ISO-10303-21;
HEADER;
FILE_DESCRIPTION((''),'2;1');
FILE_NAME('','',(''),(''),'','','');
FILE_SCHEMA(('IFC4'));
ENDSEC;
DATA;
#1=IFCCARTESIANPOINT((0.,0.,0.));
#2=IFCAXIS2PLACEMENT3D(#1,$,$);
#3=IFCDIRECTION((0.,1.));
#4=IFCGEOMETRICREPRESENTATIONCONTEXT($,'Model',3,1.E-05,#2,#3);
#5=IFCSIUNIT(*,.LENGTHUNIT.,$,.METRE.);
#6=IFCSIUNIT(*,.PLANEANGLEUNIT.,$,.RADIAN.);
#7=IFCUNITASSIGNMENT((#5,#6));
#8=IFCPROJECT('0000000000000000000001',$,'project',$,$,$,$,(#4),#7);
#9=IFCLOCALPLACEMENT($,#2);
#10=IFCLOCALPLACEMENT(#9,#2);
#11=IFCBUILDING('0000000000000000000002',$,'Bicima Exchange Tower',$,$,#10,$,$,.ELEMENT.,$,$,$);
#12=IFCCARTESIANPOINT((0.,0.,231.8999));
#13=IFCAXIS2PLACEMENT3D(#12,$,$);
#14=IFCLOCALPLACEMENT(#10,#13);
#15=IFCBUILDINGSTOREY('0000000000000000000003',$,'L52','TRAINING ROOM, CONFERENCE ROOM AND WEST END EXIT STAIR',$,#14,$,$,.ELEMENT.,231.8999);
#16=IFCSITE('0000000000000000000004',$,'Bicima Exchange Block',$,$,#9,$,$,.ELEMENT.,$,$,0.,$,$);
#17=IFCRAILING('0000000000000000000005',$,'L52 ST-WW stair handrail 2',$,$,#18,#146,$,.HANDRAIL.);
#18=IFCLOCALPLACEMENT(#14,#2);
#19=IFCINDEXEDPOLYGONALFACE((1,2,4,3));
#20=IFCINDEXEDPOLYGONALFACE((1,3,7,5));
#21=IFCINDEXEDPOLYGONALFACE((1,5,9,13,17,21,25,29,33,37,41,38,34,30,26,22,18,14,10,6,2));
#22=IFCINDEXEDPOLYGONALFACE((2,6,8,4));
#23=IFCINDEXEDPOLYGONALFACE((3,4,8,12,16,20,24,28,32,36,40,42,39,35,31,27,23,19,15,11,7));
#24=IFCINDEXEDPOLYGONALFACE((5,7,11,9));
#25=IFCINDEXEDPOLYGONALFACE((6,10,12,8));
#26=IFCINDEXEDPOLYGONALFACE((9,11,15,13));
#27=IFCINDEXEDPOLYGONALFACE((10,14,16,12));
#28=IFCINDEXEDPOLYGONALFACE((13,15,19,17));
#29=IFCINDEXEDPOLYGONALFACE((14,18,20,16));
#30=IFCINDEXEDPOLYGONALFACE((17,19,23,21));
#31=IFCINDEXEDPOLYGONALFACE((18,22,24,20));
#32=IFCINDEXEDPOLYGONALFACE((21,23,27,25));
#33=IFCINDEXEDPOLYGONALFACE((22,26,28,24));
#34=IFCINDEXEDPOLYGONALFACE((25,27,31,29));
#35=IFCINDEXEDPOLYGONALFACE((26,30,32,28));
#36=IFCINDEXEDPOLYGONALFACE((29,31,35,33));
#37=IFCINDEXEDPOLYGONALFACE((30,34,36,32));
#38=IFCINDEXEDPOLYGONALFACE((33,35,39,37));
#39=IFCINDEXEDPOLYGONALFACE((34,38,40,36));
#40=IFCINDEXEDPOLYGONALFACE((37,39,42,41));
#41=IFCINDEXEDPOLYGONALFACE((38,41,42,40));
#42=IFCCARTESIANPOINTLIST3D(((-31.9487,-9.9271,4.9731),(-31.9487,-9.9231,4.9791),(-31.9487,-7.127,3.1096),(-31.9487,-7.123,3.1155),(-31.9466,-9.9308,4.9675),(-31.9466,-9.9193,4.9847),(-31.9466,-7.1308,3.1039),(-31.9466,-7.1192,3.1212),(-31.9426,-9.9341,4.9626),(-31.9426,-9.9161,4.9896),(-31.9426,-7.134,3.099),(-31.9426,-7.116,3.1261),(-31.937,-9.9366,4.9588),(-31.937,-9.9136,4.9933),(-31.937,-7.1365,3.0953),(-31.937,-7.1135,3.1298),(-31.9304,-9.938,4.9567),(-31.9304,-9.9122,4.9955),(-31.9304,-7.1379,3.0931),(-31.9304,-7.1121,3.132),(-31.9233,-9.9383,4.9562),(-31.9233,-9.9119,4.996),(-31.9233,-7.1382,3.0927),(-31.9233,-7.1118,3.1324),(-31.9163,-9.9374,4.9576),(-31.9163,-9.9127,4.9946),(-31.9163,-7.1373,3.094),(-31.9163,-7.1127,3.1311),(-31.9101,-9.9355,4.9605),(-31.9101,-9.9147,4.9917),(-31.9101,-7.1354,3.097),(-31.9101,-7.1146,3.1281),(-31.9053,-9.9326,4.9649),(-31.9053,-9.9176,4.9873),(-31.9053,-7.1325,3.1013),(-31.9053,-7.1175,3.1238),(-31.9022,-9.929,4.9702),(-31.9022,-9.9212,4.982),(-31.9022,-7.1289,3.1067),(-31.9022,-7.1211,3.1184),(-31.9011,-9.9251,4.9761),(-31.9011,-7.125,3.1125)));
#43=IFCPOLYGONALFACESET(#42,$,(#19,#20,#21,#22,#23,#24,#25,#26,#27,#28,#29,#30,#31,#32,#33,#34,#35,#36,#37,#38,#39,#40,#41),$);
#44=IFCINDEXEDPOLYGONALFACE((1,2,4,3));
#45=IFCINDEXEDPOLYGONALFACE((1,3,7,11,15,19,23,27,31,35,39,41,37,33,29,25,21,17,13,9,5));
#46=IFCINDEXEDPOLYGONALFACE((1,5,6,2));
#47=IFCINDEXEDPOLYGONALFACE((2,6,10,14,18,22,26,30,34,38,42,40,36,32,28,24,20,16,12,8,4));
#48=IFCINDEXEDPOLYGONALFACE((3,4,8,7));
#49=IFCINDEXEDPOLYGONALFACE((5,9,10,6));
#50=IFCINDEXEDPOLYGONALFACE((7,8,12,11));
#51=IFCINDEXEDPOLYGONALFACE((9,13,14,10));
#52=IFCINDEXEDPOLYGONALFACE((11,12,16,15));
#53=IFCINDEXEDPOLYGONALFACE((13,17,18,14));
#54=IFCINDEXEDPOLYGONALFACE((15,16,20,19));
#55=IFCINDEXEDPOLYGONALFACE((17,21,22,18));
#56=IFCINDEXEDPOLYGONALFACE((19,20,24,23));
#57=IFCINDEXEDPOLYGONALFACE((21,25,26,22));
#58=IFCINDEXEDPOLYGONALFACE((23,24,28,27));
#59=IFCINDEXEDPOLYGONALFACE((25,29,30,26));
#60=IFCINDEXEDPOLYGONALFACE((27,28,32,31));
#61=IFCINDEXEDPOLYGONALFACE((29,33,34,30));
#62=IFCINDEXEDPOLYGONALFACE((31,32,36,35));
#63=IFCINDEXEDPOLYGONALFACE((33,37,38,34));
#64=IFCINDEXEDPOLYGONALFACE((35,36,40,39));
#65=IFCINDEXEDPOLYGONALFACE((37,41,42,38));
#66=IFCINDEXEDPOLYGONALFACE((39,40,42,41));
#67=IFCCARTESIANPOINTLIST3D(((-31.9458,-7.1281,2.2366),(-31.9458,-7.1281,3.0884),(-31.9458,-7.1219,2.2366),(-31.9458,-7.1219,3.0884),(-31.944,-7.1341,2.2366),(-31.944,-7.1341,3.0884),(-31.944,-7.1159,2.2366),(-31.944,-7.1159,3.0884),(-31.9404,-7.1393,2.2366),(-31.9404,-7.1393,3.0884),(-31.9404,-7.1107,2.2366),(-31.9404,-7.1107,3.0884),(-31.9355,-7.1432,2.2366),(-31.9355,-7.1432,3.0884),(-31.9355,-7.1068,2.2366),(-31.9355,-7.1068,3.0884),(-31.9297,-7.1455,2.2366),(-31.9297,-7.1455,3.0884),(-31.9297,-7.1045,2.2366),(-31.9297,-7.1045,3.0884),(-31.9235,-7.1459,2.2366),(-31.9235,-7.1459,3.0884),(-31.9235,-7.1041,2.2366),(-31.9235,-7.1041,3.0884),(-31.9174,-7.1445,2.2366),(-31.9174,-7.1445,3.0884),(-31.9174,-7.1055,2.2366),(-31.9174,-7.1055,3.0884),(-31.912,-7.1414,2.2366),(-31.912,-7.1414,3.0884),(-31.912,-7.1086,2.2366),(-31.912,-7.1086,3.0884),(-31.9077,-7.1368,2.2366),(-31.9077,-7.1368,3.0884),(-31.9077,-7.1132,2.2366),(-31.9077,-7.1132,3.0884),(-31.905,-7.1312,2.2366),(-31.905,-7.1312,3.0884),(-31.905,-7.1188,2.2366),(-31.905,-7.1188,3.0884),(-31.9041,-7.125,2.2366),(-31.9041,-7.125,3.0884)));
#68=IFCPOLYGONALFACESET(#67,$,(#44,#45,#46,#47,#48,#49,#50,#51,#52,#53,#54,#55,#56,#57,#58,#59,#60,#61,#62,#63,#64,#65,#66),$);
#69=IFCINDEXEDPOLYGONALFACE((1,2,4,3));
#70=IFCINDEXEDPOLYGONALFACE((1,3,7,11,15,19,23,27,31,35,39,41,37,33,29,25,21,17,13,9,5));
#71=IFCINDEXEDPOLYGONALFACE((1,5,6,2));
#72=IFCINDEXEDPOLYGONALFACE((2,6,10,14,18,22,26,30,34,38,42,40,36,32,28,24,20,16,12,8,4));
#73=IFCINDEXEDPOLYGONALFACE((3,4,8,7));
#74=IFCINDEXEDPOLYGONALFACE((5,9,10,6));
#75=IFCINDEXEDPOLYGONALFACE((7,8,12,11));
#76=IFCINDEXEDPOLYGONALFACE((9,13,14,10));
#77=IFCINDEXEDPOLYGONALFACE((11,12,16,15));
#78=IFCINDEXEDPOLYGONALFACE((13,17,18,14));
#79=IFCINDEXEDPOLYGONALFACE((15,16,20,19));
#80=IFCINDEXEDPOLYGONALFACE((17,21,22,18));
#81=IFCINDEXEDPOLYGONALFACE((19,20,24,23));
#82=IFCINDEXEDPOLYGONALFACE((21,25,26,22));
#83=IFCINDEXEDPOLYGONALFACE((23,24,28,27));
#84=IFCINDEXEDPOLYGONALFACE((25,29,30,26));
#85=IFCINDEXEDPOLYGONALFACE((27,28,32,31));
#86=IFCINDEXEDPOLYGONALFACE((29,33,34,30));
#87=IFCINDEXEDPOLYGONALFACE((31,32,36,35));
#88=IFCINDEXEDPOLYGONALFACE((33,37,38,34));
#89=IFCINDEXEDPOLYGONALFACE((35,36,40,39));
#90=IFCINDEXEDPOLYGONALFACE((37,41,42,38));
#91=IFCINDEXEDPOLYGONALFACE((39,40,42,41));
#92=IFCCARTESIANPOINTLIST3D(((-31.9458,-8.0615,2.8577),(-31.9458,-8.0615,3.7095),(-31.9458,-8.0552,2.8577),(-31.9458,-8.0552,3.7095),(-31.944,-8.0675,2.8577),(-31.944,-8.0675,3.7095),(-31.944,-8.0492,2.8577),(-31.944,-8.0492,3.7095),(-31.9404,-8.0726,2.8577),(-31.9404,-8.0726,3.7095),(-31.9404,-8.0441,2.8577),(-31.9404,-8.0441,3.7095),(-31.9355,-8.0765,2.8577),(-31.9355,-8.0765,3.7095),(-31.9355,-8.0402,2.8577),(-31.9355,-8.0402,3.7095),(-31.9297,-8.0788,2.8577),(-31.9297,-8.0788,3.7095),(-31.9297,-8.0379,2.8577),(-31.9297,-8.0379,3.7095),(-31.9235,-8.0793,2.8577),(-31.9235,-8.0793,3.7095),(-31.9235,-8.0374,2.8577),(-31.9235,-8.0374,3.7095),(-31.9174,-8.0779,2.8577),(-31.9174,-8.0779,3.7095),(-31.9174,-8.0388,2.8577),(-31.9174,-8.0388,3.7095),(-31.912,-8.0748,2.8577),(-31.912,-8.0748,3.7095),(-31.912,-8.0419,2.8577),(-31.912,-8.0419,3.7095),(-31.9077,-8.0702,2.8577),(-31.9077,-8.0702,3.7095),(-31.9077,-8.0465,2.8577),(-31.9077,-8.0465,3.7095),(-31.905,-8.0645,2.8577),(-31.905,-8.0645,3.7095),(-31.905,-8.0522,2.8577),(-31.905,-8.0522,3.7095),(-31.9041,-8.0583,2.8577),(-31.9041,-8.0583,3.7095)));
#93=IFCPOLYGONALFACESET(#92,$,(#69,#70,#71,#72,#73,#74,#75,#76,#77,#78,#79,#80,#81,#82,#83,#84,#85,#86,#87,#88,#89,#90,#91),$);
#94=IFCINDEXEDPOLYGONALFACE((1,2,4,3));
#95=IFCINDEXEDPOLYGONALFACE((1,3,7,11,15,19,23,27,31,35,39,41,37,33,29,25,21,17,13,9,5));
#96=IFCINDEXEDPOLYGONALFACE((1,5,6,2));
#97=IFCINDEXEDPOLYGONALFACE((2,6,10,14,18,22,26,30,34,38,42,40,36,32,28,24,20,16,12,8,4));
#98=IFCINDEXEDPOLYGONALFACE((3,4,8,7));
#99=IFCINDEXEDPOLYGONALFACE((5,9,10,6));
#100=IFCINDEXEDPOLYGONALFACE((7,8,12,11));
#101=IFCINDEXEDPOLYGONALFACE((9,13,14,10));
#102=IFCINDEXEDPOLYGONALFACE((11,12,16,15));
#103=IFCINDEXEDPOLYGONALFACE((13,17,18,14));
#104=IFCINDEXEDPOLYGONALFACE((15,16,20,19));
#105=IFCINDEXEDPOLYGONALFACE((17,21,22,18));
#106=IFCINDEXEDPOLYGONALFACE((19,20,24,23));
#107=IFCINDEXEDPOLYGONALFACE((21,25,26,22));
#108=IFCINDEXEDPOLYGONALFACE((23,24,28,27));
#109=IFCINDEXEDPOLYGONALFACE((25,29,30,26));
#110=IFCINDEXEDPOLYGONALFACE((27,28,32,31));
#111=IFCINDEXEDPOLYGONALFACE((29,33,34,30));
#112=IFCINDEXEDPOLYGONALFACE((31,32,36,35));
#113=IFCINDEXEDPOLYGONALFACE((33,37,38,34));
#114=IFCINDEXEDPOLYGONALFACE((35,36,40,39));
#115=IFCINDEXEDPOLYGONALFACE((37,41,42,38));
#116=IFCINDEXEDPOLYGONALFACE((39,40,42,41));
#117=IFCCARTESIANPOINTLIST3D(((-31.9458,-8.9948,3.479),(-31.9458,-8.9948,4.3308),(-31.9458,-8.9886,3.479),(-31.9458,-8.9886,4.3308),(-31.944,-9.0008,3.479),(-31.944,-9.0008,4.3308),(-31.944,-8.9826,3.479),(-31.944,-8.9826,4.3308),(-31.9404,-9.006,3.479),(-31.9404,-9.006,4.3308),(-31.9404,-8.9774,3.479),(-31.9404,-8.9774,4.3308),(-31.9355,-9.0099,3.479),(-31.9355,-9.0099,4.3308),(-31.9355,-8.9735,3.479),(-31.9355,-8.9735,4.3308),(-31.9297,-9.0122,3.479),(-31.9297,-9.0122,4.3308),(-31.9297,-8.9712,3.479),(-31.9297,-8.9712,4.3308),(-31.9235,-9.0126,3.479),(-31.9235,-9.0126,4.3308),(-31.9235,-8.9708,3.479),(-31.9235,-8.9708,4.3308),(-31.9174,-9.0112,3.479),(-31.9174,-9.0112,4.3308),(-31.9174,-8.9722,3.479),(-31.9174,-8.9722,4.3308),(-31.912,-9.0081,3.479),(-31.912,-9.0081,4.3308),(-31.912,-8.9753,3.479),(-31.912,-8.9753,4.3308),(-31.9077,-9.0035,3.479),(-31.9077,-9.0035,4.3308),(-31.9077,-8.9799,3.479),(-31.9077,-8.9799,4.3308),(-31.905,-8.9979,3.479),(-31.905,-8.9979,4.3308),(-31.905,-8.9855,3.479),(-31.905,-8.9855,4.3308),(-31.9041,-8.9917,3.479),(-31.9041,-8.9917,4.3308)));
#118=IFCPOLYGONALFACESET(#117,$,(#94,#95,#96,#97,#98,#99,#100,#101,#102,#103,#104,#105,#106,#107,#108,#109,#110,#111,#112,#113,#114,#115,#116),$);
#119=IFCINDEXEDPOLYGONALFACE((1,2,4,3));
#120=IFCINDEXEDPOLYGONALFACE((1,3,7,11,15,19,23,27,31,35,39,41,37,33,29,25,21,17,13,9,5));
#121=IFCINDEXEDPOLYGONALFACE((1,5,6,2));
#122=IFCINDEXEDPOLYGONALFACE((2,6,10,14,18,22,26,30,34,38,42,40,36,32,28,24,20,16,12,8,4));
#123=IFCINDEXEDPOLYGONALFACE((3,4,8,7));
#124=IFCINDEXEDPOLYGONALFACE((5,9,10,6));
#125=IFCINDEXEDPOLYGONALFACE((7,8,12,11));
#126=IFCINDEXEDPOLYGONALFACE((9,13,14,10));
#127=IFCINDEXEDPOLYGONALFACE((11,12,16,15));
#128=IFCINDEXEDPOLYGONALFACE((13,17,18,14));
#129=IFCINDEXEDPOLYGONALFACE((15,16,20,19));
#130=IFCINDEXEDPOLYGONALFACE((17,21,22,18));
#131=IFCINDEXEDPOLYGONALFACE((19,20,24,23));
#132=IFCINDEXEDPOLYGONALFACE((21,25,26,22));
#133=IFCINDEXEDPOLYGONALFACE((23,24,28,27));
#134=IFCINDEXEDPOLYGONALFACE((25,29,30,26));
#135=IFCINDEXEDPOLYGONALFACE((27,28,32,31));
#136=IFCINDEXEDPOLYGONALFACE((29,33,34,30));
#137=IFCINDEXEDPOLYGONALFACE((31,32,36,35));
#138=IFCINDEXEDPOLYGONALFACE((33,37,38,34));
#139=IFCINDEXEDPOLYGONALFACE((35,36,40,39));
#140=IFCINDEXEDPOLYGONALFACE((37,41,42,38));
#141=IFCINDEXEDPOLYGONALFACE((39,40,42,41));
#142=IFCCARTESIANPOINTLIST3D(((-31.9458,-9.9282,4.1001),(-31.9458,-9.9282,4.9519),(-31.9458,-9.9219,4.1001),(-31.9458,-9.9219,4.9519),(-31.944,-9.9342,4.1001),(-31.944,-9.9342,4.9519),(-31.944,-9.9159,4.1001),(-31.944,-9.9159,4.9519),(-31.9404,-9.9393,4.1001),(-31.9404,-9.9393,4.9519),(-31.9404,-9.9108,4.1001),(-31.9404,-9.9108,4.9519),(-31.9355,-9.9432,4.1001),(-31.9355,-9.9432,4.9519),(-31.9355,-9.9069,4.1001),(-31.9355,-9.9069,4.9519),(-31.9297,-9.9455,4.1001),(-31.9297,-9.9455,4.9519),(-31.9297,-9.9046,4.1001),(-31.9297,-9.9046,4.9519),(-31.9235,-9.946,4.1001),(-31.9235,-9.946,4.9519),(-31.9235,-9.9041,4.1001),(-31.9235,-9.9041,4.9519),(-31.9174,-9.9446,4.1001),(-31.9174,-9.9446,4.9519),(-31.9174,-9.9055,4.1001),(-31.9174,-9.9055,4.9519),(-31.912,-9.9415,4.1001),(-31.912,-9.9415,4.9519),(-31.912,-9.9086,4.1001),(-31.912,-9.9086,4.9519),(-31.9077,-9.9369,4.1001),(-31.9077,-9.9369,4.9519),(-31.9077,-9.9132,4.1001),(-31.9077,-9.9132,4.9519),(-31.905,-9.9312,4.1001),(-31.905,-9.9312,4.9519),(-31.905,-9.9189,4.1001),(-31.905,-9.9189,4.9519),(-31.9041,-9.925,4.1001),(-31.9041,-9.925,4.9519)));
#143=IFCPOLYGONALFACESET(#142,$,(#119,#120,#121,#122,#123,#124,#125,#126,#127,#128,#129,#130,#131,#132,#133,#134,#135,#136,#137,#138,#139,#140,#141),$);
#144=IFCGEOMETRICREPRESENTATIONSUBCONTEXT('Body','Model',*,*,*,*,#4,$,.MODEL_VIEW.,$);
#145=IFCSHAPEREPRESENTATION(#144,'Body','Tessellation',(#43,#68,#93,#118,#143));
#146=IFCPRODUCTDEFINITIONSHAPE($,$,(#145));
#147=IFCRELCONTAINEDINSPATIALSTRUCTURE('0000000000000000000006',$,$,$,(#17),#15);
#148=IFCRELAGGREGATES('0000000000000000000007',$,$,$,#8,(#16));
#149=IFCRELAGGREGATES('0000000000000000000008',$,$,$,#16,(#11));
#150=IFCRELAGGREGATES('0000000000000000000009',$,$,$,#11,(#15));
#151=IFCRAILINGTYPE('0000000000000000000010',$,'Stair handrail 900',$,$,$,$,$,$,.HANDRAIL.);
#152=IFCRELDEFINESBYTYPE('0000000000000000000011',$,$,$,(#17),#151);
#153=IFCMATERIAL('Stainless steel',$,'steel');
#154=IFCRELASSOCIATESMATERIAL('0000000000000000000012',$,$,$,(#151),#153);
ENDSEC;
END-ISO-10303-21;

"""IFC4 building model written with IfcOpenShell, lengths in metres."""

from ifc_helpers import new_model, si_unit, direction, frame, origin, origin_2d, place, context, subcontext, project, spatial, circle, extrude, material, type_object, element, save


model = new_model("IFC4")

# Units and contexts
model_context = context("Model", 3, precision=1e-05, world=origin(), true_north=direction((0.0, 1.0)))
body_context = subcontext(model_context, "Body", "Model", "MODEL_VIEW")
ifc_project = project(units=[si_unit("LENGTHUNIT", "METRE"), si_unit("PLANEANGLEUNIT", "RADIAN")], contexts=[model_context])

# Site, building, storey
site_placement = place(None, origin())
site = spatial("IfcSite", under=ifc_project, at=site_placement, Name="Bicima Exchange Block", CompositionType="ELEMENT", RefElevation=0.0)
building_placement = place(site_placement, origin())
building = spatial("IfcBuilding", under=site, at=building_placement, Name="Bicima Exchange Tower", CompositionType="ELEMENT")
storey_placement = place(building_placement, frame((0.0, 0.0, 231.8999)))
storey = spatial("IfcBuildingStorey", under=building, at=storey_placement, Name="L52", Description="TRAINING ROOM, CONFERENCE ROOM AND WEST END EXIT STAIR", CompositionType="ELEMENT", Elevation=231.8999)

# Railing
ifc_material_1 = material(Name="Stainless steel", Category="steel")
railing_type = type_object("IfcRailingType", Name="Stair handrail 900", PredefinedType="HANDRAIL", material=ifc_material_1)
railing_placement = place(storey_placement, frame((-31.925, -7.125, 2.2366)))
element("IfcRailing", 1, at=railing_placement, inside=storey, type_object=railing_type, Name="L52 ST-WW stair handrail 2", PredefinedType="HANDRAIL", context=body_context, shape_type="SweptSolid", body=[
    extrude(circle(Radius=0.0239, at=origin_2d()), frame((0.0, 0.0, 0.876), z_axis=(0.0, -0.832486, 0.554047), x_axis=(1.0, 0.0, 0.0)), (0.0, 0.0, 1.0), 3.3635),
    extrude(circle(Radius=0.021, at=origin_2d()), origin(), (0.0, 0.0, 1.0), 0.8518),
    extrude(circle(Radius=0.021, at=origin_2d()), frame((0.0, -0.9333, 0.6211)), (0.0, 0.0, 1.0), 0.8518),
    extrude(circle(Radius=0.021, at=origin_2d()), frame((0.0, -1.8667, 1.2424)), (0.0, 0.0, 1.0), 0.8518),
    extrude(circle(Radius=0.021, at=origin_2d()), frame((0.0, -2.8, 1.8635)), (0.0, 0.0, 1.0), 0.8518),
])

save(model, "model.ifc")
